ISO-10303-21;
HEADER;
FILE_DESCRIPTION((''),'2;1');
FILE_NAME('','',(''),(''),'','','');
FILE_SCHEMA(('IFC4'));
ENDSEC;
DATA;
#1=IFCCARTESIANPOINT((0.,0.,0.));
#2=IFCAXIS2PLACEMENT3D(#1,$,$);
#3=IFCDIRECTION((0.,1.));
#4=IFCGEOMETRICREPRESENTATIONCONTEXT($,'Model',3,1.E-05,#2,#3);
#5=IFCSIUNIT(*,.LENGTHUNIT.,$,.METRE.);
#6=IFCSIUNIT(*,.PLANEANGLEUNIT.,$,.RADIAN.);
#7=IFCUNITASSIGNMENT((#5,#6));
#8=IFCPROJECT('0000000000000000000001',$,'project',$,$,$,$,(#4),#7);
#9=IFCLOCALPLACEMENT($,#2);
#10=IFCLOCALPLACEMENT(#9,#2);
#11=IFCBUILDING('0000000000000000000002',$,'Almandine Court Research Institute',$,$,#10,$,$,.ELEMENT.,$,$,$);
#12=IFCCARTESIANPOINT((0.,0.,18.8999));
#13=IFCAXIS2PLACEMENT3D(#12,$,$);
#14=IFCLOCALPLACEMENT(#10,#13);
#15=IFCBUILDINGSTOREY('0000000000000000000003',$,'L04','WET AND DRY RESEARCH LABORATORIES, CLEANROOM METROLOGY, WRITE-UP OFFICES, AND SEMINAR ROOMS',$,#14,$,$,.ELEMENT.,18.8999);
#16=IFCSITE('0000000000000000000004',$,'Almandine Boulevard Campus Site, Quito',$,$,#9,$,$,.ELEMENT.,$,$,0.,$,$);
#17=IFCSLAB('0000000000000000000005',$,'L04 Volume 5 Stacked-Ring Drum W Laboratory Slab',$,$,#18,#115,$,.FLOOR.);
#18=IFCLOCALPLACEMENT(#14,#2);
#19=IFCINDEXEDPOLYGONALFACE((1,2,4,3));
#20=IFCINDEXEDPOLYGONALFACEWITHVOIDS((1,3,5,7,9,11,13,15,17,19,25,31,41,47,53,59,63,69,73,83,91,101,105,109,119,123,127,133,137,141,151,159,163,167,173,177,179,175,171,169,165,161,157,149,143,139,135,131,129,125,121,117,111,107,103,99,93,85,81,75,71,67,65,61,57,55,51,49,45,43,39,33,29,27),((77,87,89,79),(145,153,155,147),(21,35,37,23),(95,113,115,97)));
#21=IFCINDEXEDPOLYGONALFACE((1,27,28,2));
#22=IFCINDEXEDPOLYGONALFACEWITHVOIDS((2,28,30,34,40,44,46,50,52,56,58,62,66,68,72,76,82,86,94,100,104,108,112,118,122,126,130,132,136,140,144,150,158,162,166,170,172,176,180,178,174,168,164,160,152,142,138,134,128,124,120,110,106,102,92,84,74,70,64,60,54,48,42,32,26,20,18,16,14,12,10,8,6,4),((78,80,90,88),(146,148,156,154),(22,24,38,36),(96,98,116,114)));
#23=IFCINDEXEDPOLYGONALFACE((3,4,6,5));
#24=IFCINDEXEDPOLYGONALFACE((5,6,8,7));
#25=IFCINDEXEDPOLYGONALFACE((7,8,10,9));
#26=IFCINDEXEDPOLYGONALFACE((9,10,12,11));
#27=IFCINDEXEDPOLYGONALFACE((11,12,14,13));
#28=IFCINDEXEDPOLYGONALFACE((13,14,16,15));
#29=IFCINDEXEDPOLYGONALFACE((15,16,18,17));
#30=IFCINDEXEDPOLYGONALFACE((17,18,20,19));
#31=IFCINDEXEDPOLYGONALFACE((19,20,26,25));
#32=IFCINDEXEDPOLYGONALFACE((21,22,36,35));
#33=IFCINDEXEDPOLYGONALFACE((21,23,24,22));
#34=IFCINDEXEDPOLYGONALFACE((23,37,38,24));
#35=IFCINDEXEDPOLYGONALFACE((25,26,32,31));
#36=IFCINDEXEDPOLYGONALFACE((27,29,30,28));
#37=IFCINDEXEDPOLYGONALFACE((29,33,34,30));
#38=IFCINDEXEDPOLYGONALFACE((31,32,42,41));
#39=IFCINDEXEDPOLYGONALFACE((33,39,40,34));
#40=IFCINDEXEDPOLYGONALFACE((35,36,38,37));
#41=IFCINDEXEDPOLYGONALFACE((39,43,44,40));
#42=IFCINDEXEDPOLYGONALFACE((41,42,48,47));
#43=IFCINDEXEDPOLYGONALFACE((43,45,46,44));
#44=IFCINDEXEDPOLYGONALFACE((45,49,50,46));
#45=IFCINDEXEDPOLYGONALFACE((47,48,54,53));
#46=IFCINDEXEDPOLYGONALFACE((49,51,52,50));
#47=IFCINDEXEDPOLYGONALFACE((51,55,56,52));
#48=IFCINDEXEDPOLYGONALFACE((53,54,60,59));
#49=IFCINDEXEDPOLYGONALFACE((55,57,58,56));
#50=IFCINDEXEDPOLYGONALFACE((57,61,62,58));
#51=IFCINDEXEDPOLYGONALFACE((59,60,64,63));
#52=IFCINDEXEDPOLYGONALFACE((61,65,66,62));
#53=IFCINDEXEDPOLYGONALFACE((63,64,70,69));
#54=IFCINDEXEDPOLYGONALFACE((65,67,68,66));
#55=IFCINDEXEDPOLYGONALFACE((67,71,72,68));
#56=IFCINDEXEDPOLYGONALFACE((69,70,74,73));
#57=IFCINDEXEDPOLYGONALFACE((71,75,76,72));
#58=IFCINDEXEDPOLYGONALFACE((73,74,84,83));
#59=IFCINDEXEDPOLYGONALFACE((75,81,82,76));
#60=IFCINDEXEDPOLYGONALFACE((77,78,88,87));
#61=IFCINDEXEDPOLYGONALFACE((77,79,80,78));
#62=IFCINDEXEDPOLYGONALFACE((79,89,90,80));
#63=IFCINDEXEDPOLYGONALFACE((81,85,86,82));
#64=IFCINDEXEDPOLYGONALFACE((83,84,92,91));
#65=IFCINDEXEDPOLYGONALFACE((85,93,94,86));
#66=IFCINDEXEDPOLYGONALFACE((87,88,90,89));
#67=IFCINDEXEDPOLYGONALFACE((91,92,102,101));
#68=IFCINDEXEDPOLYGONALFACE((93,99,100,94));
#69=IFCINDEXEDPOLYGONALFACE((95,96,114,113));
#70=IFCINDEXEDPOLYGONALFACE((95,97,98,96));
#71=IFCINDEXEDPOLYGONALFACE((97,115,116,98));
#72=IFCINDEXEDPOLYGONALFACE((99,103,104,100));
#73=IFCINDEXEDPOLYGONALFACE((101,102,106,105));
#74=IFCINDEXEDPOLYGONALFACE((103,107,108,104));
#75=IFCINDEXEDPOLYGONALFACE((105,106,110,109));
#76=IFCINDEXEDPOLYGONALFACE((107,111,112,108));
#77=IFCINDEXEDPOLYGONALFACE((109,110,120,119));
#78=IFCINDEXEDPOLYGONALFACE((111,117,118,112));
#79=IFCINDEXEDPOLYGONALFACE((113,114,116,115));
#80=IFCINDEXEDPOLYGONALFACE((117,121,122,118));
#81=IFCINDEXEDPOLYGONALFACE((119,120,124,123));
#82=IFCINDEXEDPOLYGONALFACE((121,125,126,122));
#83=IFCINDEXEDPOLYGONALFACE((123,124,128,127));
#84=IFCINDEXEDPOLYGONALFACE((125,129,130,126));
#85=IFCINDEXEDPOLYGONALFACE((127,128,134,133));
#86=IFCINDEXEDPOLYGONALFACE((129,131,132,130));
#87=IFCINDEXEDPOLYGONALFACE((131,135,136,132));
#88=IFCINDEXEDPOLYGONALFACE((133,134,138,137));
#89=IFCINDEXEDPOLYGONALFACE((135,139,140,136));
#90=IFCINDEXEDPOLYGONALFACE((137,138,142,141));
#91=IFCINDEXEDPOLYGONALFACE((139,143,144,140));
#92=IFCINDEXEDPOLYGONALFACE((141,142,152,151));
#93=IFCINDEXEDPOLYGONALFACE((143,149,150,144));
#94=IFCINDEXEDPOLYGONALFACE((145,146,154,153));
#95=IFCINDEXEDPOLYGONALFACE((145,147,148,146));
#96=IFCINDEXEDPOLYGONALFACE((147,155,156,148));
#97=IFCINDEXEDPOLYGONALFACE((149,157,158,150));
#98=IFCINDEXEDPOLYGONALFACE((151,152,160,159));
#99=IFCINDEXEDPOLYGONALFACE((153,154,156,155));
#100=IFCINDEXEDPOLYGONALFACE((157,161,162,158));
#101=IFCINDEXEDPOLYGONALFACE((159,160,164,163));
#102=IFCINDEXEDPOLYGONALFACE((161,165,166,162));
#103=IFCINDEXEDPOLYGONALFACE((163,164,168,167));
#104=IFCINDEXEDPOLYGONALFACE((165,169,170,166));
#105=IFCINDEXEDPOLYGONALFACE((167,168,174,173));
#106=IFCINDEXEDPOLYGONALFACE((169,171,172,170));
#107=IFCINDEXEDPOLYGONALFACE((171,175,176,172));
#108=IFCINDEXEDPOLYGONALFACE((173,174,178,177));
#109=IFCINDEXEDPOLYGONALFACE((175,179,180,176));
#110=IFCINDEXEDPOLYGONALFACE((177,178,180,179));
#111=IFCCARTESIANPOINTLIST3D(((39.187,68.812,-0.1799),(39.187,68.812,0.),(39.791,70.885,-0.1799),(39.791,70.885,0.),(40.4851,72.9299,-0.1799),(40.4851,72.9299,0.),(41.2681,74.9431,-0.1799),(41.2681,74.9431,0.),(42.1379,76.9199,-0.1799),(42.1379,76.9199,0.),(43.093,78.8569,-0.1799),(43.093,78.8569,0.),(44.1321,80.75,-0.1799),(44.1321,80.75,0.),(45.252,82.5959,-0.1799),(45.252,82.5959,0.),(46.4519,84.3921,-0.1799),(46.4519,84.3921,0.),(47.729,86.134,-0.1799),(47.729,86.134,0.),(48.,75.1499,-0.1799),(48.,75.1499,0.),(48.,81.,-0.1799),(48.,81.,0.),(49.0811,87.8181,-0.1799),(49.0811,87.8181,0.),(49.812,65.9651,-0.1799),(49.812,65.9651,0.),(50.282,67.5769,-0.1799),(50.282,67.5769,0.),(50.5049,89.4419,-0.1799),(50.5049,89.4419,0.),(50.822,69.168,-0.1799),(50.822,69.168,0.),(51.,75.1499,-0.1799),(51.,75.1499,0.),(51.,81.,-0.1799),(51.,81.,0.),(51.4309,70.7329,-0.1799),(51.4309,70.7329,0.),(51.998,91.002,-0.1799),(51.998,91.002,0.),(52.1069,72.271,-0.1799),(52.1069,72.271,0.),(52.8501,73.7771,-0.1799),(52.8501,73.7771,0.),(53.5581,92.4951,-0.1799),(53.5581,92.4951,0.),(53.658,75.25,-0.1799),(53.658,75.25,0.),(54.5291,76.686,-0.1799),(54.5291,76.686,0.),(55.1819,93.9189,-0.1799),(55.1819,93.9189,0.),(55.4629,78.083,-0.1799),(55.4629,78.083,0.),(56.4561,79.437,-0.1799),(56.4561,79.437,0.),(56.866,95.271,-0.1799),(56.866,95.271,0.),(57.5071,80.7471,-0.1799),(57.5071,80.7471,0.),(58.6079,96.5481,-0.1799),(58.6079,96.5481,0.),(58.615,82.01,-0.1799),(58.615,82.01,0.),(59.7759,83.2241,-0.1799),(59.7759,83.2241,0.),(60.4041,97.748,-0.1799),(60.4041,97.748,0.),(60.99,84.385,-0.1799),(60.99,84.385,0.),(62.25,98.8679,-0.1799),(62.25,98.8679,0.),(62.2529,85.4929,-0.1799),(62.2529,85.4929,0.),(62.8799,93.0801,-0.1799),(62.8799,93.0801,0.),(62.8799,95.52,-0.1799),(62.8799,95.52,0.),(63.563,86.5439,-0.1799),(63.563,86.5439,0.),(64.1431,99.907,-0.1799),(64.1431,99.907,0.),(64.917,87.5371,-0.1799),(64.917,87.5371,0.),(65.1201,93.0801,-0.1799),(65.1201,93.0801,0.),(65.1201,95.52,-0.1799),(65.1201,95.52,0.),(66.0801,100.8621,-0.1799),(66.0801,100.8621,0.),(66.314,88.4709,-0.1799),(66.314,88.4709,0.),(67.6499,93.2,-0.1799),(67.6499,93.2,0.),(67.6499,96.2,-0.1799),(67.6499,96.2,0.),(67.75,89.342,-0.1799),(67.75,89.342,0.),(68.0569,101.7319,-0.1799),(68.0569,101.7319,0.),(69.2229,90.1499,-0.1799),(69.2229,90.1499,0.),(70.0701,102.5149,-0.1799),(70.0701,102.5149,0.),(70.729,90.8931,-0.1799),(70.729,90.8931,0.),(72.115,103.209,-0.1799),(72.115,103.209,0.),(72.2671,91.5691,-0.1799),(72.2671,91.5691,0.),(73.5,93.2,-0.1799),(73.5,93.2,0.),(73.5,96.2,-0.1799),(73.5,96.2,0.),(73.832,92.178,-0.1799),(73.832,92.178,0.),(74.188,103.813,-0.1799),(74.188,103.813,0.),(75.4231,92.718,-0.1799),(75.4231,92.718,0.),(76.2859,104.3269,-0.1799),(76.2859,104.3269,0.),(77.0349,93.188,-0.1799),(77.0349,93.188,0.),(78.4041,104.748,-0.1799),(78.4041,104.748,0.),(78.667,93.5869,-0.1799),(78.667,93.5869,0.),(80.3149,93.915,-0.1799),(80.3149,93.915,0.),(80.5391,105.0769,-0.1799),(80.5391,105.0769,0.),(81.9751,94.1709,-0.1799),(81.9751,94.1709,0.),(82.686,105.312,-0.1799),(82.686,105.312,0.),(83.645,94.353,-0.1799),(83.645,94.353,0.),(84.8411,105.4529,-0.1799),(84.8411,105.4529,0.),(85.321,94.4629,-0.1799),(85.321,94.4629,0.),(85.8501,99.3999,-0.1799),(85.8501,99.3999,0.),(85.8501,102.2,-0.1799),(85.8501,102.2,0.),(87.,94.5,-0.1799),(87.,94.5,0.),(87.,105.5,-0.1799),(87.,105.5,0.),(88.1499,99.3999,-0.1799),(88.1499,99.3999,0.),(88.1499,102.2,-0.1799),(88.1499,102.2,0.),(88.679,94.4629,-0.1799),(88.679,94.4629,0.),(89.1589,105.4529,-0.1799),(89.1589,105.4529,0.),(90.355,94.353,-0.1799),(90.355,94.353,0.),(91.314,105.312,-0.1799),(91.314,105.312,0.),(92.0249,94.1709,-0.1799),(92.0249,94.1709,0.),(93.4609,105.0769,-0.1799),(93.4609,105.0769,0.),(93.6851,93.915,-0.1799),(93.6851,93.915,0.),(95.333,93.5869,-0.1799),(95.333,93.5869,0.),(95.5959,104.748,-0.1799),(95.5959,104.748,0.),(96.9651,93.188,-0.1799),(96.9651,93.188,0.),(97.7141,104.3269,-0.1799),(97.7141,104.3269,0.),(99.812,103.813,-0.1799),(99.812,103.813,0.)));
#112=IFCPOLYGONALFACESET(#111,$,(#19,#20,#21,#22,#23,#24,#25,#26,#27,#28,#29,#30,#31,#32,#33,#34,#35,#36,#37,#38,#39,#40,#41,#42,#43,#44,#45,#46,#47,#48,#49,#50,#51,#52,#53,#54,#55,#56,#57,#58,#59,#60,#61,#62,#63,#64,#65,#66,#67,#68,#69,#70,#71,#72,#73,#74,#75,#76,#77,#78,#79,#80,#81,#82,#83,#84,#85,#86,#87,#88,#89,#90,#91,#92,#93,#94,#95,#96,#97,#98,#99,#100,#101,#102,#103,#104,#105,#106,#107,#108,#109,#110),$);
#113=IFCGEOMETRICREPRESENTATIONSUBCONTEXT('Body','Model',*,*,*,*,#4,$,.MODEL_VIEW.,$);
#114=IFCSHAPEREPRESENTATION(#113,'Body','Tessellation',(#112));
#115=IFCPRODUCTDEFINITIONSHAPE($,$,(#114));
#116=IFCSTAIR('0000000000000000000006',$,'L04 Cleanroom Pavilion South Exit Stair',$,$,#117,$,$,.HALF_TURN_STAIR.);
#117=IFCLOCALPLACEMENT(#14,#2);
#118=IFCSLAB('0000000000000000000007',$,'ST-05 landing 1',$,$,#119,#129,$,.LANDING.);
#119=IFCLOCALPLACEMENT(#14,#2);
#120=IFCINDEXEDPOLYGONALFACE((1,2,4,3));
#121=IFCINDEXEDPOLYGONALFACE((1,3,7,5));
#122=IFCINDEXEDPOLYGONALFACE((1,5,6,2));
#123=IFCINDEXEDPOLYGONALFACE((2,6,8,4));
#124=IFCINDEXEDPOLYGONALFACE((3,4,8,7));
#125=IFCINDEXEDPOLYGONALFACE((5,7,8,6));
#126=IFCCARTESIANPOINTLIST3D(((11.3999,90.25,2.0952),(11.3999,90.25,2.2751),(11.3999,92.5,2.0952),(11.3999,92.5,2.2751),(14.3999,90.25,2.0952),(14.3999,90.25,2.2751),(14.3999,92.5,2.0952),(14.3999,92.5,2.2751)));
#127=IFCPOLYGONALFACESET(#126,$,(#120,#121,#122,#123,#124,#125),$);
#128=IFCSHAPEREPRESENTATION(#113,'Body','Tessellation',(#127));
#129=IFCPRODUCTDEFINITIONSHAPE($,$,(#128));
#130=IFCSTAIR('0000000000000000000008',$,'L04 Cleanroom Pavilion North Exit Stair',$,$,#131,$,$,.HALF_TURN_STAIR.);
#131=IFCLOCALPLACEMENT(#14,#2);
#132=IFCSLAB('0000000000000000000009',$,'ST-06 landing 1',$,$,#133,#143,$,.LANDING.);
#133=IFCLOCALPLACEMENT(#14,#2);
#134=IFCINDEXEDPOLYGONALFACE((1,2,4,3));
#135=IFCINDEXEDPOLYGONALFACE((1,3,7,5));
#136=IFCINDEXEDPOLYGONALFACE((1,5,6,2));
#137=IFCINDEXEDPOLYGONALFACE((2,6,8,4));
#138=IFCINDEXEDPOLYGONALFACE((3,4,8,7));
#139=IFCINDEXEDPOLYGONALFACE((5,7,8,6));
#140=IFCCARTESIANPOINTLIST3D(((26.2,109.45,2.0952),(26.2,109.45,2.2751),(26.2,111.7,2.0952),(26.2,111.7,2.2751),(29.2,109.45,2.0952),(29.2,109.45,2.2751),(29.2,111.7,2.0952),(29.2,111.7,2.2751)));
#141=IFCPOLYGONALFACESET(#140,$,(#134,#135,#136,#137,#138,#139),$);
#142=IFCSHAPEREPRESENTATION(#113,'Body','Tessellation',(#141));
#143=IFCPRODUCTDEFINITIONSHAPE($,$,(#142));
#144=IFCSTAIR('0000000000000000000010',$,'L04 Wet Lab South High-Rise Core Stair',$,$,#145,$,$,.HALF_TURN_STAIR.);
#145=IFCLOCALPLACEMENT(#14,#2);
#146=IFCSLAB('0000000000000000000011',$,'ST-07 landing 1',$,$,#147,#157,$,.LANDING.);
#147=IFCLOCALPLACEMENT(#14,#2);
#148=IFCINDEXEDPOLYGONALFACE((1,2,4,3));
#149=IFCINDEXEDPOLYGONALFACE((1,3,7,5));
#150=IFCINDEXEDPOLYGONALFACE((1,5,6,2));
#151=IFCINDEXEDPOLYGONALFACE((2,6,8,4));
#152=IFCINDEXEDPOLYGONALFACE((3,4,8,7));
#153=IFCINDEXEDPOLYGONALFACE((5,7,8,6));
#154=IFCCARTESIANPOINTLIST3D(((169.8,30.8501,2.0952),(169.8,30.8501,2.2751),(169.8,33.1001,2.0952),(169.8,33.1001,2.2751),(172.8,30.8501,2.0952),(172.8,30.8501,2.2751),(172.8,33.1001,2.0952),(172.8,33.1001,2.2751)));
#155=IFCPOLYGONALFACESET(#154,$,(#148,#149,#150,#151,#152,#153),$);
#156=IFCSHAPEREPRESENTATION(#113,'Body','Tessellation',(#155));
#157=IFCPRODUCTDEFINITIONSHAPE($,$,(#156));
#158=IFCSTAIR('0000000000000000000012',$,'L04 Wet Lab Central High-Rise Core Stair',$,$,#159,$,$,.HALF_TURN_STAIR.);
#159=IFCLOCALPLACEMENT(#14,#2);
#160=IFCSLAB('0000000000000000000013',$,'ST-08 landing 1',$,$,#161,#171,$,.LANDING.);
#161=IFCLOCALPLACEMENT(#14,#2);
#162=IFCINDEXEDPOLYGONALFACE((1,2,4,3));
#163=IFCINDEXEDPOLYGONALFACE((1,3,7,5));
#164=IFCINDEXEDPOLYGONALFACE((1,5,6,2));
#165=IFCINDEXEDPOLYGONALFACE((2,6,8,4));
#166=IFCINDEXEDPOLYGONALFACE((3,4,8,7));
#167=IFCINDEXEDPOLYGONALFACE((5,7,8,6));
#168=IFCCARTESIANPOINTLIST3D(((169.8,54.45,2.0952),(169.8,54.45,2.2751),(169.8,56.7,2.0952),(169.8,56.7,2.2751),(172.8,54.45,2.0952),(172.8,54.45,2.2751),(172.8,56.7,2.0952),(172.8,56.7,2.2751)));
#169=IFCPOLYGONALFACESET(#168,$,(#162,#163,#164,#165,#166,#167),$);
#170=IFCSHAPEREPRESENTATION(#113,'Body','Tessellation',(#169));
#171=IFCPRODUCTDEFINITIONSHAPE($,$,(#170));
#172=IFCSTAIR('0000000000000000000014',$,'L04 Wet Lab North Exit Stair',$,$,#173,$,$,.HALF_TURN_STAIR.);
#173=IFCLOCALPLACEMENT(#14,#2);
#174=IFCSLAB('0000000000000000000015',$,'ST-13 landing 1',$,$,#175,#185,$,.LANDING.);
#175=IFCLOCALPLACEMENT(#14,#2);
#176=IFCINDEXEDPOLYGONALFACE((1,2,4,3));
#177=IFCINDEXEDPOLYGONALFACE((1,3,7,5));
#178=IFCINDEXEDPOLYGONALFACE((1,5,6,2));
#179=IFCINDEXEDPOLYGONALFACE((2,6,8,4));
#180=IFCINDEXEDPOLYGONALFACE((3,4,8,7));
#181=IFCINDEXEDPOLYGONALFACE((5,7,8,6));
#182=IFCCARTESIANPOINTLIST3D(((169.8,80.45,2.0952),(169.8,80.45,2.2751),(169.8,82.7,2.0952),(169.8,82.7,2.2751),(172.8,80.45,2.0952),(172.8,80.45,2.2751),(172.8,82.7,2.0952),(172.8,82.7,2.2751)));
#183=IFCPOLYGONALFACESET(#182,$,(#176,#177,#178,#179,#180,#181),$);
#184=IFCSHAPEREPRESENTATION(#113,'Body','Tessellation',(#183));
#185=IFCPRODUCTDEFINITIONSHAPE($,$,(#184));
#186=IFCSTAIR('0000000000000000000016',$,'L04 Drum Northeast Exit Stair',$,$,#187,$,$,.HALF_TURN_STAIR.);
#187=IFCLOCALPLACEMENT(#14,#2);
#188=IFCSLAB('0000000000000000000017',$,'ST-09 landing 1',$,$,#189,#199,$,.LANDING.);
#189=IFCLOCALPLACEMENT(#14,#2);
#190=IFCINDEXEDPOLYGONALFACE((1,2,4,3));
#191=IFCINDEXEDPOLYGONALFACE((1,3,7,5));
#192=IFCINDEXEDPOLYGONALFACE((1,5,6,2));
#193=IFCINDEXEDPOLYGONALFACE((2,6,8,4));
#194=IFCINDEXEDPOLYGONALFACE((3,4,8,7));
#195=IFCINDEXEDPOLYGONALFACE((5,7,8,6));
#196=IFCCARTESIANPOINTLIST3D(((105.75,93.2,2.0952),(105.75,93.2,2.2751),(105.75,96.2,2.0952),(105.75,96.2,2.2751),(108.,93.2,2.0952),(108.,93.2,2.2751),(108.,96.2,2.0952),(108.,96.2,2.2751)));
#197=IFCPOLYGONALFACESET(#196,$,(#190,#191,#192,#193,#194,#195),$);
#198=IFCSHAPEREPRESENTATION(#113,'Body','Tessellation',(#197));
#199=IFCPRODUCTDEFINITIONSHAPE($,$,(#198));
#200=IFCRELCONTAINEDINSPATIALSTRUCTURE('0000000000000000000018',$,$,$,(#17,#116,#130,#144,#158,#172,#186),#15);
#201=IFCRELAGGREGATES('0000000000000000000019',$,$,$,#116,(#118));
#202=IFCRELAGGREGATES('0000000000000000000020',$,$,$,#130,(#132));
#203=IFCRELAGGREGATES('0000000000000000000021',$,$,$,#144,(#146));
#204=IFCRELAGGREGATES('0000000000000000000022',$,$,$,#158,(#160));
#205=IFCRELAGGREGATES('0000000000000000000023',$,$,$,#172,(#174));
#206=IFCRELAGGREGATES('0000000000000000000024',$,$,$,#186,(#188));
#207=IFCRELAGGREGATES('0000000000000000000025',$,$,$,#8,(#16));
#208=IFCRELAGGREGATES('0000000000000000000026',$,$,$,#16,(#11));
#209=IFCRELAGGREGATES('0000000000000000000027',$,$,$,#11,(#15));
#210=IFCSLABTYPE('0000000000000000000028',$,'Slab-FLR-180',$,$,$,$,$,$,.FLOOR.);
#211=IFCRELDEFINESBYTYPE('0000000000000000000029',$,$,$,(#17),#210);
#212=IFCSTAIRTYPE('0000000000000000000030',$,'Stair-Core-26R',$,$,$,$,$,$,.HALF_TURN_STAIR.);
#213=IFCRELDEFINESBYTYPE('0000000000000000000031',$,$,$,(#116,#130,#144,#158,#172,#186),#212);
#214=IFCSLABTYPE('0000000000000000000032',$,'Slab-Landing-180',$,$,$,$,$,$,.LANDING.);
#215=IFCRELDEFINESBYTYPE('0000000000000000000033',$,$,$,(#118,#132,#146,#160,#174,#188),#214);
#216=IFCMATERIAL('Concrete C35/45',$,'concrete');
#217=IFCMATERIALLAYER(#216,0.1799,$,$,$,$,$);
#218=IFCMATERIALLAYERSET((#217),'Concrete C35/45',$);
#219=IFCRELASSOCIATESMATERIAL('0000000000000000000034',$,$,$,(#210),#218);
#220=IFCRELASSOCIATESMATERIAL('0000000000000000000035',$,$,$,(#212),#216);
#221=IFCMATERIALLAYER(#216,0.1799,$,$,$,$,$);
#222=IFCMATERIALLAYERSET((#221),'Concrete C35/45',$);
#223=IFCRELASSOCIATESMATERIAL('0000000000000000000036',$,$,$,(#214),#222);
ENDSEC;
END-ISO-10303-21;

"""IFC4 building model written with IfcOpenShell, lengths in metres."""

from ifc_helpers import new_model, si_unit, direction, frame, origin, place, context, subcontext, project, spatial, polyline, outline, extrude, material, layer, layer_set, type_object, element, aggregate, save


model = new_model("IFC4")

# Units and contexts
model_context = context("Model", 3, precision=1e-05, world=origin(), true_north=direction((0.0, 1.0)))
body_context = subcontext(model_context, "Body", "Model", "MODEL_VIEW")
ifc_project = project(units=[si_unit("LENGTHUNIT", "METRE"), si_unit("PLANEANGLEUNIT", "RADIAN")], contexts=[model_context])

# Site, building, storey
site_placement = place(None, origin())
site = spatial("IfcSite", under=ifc_project, at=site_placement, Name="Almandine Boulevard Campus Site, Quito", CompositionType="ELEMENT", RefElevation=0.0)
building_placement = place(site_placement, origin())
building = spatial("IfcBuilding", under=site, at=building_placement, Name="Almandine Court Research Institute", CompositionType="ELEMENT")
storey_placement = place(building_placement, frame((0.0, 0.0, 18.8999)))
storey = spatial("IfcBuildingStorey", under=building, at=storey_placement, Name="L04", Description="WET AND DRY RESEARCH LABORATORIES, CLEANROOM METROLOGY, WRITE-UP OFFICES, AND SEMINAR ROOMS", CompositionType="ELEMENT", Elevation=18.8999)

# Slab
ifc_material_1 = material(Name="Concrete C35/45", Category="concrete")
ifc_layer_1 = layer(ifc_material_1, 0.1799)
ifc_layer_set_1 = layer_set([ifc_layer_1], Name="Concrete C35/45")
slab_type_1 = type_object("IfcSlabType", Name="Slab-FLR-180", PredefinedType="FLOOR", material=ifc_layer_set_1)
slab_1_placement = place(storey_placement, frame((0.0, 0.0, -0.1799)))
element("IfcSlab", 1, at=slab_1_placement, inside=storey, type_object=slab_type_1, Name="L04 Volume 5 Stacked-Ring Drum W Laboratory Slab", PredefinedType="FLOOR", context=body_context, shape_type="SweptSolid", body=[
    extrude(outline(polyline([(99.812, 103.813), (97.7141, 104.3269), (95.5959, 104.748), (93.4609, 105.0769), (91.314, 105.312), (89.1589, 105.4529), (87.0, 105.5), (84.8411, 105.4529), (82.686, 105.312), (80.5391, 105.0769), (78.4041, 104.748), (76.2859, 104.3269), (74.188, 103.813), (72.115, 103.209), (70.0701, 102.5149), (68.0569, 101.7319), (66.0801, 100.8621), (64.1431, 99.907), (62.25, 98.8679), (60.4041, 97.748), (58.6079, 96.5481), (56.866, 95.271), (55.1819, 93.9189), (53.5581, 92.4951), (51.998, 91.002), (50.5049, 89.4419), (49.0811, 87.8181), (47.729, 86.134), (46.4519, 84.3921), (45.252, 82.5959), (44.1321, 80.75), (43.093, 78.8569), (42.1379, 76.9199), (41.2681, 74.9431), (40.4851, 72.9299), (39.791, 70.885), (39.187, 68.812), (49.812, 65.9651), (50.282, 67.5769), (50.822, 69.168), (51.4309, 70.7329), (52.1069, 72.271), (52.8501, 73.7771), (53.658, 75.25), (54.5291, 76.686), (55.4629, 78.083), (56.4561, 79.437), (57.5071, 80.7471), (58.615, 82.01), (59.7759, 83.2241), (60.99, 84.385), (62.2529, 85.4929), (63.563, 86.5439), (64.917, 87.5371), (66.314, 88.4709), (67.75, 89.342), (69.2229, 90.1499), (70.729, 90.8931), (72.2671, 91.5691), (73.832, 92.178), (75.4231, 92.718), (77.0349, 93.188), (78.667, 93.5869), (80.3149, 93.915), (81.9751, 94.1709), (83.645, 94.353), (85.321, 94.4629), (87.0, 94.5), (88.679, 94.4629), (90.355, 94.353), (92.0249, 94.1709), (93.6851, 93.915), (95.333, 93.5869), (96.9651, 93.188), (99.812, 103.813)]), holes=[polyline([(67.6499, 93.2), (73.5, 93.2), (73.5, 96.2), (67.6499, 96.2), (67.6499, 93.2)]), polyline([(51.0, 75.1499), (51.0, 81.0), (48.0, 81.0), (48.0, 75.1499), (51.0, 75.1499)]), polyline([(85.8501, 99.3999), (88.1499, 99.3999), (88.1499, 102.2), (85.8501, 102.2), (85.8501, 99.3999)]), polyline([(62.8799, 93.0801), (65.1201, 93.0801), (65.1201, 95.52), (62.8799, 95.52), (62.8799, 93.0801)])]), origin(), (0.0, 0.0, 1.0), 0.1799),
])

# Stairs, slabs
stair_type = type_object("IfcStairType", Name="Stair-Core-26R", PredefinedType="HALF_TURN_STAIR", material=ifc_material_1)
stair_1_placement = place(storey_placement, origin())
stair_1 = element("IfcStair", 2, at=stair_1_placement, inside=storey, type_object=stair_type, Name="L04 Cleanroom Pavilion South Exit Stair", PredefinedType="HALF_TURN_STAIR")
ifc_layer_2 = layer(ifc_material_1, 0.1799)
ifc_layer_set_2 = layer_set([ifc_layer_2], Name="Concrete C35/45")
slab_type_2 = type_object("IfcSlabType", Name="Slab-Landing-180", PredefinedType="LANDING", material=ifc_layer_set_2)
slab_2_placement = place(storey_placement, frame((0.0, 0.0, 2.0952)))
slab_2 = element("IfcSlab", 3, at=slab_2_placement, type_object=slab_type_2, Name="ST-05 landing 1", PredefinedType="LANDING", context=body_context, shape_type="SweptSolid", body=[
    extrude(outline(polyline([(14.3999, 90.25), (14.3999, 92.5), (11.3999, 92.5), (11.3999, 90.25), (14.3999, 90.25)])), origin(), (0.0, 0.0, 1.0), 0.1799),
])
aggregate(stair_1, [slab_2])
stair_2_placement = place(storey_placement, origin())
stair_2 = element("IfcStair", 4, at=stair_2_placement, inside=storey, type_object=stair_type, Name="L04 Cleanroom Pavilion North Exit Stair", PredefinedType="HALF_TURN_STAIR")
slab_3_placement = place(storey_placement, frame((0.0, 0.0, 2.0952)))
slab_3 = element("IfcSlab", 5, at=slab_3_placement, type_object=slab_type_2, Name="ST-06 landing 1", PredefinedType="LANDING", context=body_context, shape_type="SweptSolid", body=[
    extrude(outline(polyline([(29.2, 109.45), (29.2, 111.7), (26.2, 111.7), (26.2, 109.45), (29.2, 109.45)])), origin(), (0.0, 0.0, 1.0), 0.1799),
])
aggregate(stair_2, [slab_3])
stair_3_placement = place(storey_placement, origin())
stair_3 = element("IfcStair", 6, at=stair_3_placement, inside=storey, type_object=stair_type, Name="L04 Wet Lab South High-Rise Core Stair", PredefinedType="HALF_TURN_STAIR")
slab_4_placement = place(storey_placement, frame((0.0, 0.0, 2.0952)))
slab_4 = element("IfcSlab", 7, at=slab_4_placement, type_object=slab_type_2, Name="ST-07 landing 1", PredefinedType="LANDING", context=body_context, shape_type="SweptSolid", body=[
    extrude(outline(polyline([(172.8, 30.8501), (172.8, 33.1001), (169.8, 33.1001), (169.8, 30.8501), (172.8, 30.8501)])), origin(), (0.0, 0.0, 1.0), 0.1799),
])
aggregate(stair_3, [slab_4])
stair_4_placement = place(storey_placement, origin())
stair_4 = element("IfcStair", 8, at=stair_4_placement, inside=storey, type_object=stair_type, Name="L04 Wet Lab Central High-Rise Core Stair", PredefinedType="HALF_TURN_STAIR")
slab_5_placement = place(storey_placement, frame((0.0, 0.0, 2.0952)))
slab_5 = element("IfcSlab", 9, at=slab_5_placement, type_object=slab_type_2, Name="ST-08 landing 1", PredefinedType="LANDING", context=body_context, shape_type="SweptSolid", body=[
    extrude(outline(polyline([(172.8, 54.45), (172.8, 56.7), (169.8, 56.7), (169.8, 54.45), (172.8, 54.45)])), origin(), (0.0, 0.0, 1.0), 0.1799),
])
aggregate(stair_4, [slab_5])
stair_5_placement = place(storey_placement, origin())
stair_5 = element("IfcStair", 10, at=stair_5_placement, inside=storey, type_object=stair_type, Name="L04 Wet Lab North Exit Stair", PredefinedType="HALF_TURN_STAIR")
slab_6_placement = place(storey_placement, frame((0.0, 0.0, 2.0952)))
slab_6 = element("IfcSlab", 11, at=slab_6_placement, type_object=slab_type_2, Name="ST-13 landing 1", PredefinedType="LANDING", context=body_context, shape_type="SweptSolid", body=[
    extrude(outline(polyline([(172.8, 80.45), (172.8, 82.7), (169.8, 82.7), (169.8, 80.45), (172.8, 80.45)])), origin(), (0.0, 0.0, 1.0), 0.1799),
])
aggregate(stair_5, [slab_6])
stair_6_placement = place(storey_placement, origin())
stair_6 = element("IfcStair", 12, at=stair_6_placement, inside=storey, type_object=stair_type, Name="L04 Drum Northeast Exit Stair", PredefinedType="HALF_TURN_STAIR")
slab_7_placement = place(storey_placement, frame((0.0, 0.0, 2.0952)))
slab_7 = element("IfcSlab", 13, at=slab_7_placement, type_object=slab_type_2, Name="ST-09 landing 1", PredefinedType="LANDING", context=body_context, shape_type="SweptSolid", body=[
    extrude(outline(polyline([(105.75, 93.2), (108.0, 93.2), (108.0, 96.2), (105.75, 96.2), (105.75, 93.2)])), origin(), (0.0, 0.0, 1.0), 0.1799),
])
aggregate(stair_6, [slab_7])

save(model, "model.ifc")
